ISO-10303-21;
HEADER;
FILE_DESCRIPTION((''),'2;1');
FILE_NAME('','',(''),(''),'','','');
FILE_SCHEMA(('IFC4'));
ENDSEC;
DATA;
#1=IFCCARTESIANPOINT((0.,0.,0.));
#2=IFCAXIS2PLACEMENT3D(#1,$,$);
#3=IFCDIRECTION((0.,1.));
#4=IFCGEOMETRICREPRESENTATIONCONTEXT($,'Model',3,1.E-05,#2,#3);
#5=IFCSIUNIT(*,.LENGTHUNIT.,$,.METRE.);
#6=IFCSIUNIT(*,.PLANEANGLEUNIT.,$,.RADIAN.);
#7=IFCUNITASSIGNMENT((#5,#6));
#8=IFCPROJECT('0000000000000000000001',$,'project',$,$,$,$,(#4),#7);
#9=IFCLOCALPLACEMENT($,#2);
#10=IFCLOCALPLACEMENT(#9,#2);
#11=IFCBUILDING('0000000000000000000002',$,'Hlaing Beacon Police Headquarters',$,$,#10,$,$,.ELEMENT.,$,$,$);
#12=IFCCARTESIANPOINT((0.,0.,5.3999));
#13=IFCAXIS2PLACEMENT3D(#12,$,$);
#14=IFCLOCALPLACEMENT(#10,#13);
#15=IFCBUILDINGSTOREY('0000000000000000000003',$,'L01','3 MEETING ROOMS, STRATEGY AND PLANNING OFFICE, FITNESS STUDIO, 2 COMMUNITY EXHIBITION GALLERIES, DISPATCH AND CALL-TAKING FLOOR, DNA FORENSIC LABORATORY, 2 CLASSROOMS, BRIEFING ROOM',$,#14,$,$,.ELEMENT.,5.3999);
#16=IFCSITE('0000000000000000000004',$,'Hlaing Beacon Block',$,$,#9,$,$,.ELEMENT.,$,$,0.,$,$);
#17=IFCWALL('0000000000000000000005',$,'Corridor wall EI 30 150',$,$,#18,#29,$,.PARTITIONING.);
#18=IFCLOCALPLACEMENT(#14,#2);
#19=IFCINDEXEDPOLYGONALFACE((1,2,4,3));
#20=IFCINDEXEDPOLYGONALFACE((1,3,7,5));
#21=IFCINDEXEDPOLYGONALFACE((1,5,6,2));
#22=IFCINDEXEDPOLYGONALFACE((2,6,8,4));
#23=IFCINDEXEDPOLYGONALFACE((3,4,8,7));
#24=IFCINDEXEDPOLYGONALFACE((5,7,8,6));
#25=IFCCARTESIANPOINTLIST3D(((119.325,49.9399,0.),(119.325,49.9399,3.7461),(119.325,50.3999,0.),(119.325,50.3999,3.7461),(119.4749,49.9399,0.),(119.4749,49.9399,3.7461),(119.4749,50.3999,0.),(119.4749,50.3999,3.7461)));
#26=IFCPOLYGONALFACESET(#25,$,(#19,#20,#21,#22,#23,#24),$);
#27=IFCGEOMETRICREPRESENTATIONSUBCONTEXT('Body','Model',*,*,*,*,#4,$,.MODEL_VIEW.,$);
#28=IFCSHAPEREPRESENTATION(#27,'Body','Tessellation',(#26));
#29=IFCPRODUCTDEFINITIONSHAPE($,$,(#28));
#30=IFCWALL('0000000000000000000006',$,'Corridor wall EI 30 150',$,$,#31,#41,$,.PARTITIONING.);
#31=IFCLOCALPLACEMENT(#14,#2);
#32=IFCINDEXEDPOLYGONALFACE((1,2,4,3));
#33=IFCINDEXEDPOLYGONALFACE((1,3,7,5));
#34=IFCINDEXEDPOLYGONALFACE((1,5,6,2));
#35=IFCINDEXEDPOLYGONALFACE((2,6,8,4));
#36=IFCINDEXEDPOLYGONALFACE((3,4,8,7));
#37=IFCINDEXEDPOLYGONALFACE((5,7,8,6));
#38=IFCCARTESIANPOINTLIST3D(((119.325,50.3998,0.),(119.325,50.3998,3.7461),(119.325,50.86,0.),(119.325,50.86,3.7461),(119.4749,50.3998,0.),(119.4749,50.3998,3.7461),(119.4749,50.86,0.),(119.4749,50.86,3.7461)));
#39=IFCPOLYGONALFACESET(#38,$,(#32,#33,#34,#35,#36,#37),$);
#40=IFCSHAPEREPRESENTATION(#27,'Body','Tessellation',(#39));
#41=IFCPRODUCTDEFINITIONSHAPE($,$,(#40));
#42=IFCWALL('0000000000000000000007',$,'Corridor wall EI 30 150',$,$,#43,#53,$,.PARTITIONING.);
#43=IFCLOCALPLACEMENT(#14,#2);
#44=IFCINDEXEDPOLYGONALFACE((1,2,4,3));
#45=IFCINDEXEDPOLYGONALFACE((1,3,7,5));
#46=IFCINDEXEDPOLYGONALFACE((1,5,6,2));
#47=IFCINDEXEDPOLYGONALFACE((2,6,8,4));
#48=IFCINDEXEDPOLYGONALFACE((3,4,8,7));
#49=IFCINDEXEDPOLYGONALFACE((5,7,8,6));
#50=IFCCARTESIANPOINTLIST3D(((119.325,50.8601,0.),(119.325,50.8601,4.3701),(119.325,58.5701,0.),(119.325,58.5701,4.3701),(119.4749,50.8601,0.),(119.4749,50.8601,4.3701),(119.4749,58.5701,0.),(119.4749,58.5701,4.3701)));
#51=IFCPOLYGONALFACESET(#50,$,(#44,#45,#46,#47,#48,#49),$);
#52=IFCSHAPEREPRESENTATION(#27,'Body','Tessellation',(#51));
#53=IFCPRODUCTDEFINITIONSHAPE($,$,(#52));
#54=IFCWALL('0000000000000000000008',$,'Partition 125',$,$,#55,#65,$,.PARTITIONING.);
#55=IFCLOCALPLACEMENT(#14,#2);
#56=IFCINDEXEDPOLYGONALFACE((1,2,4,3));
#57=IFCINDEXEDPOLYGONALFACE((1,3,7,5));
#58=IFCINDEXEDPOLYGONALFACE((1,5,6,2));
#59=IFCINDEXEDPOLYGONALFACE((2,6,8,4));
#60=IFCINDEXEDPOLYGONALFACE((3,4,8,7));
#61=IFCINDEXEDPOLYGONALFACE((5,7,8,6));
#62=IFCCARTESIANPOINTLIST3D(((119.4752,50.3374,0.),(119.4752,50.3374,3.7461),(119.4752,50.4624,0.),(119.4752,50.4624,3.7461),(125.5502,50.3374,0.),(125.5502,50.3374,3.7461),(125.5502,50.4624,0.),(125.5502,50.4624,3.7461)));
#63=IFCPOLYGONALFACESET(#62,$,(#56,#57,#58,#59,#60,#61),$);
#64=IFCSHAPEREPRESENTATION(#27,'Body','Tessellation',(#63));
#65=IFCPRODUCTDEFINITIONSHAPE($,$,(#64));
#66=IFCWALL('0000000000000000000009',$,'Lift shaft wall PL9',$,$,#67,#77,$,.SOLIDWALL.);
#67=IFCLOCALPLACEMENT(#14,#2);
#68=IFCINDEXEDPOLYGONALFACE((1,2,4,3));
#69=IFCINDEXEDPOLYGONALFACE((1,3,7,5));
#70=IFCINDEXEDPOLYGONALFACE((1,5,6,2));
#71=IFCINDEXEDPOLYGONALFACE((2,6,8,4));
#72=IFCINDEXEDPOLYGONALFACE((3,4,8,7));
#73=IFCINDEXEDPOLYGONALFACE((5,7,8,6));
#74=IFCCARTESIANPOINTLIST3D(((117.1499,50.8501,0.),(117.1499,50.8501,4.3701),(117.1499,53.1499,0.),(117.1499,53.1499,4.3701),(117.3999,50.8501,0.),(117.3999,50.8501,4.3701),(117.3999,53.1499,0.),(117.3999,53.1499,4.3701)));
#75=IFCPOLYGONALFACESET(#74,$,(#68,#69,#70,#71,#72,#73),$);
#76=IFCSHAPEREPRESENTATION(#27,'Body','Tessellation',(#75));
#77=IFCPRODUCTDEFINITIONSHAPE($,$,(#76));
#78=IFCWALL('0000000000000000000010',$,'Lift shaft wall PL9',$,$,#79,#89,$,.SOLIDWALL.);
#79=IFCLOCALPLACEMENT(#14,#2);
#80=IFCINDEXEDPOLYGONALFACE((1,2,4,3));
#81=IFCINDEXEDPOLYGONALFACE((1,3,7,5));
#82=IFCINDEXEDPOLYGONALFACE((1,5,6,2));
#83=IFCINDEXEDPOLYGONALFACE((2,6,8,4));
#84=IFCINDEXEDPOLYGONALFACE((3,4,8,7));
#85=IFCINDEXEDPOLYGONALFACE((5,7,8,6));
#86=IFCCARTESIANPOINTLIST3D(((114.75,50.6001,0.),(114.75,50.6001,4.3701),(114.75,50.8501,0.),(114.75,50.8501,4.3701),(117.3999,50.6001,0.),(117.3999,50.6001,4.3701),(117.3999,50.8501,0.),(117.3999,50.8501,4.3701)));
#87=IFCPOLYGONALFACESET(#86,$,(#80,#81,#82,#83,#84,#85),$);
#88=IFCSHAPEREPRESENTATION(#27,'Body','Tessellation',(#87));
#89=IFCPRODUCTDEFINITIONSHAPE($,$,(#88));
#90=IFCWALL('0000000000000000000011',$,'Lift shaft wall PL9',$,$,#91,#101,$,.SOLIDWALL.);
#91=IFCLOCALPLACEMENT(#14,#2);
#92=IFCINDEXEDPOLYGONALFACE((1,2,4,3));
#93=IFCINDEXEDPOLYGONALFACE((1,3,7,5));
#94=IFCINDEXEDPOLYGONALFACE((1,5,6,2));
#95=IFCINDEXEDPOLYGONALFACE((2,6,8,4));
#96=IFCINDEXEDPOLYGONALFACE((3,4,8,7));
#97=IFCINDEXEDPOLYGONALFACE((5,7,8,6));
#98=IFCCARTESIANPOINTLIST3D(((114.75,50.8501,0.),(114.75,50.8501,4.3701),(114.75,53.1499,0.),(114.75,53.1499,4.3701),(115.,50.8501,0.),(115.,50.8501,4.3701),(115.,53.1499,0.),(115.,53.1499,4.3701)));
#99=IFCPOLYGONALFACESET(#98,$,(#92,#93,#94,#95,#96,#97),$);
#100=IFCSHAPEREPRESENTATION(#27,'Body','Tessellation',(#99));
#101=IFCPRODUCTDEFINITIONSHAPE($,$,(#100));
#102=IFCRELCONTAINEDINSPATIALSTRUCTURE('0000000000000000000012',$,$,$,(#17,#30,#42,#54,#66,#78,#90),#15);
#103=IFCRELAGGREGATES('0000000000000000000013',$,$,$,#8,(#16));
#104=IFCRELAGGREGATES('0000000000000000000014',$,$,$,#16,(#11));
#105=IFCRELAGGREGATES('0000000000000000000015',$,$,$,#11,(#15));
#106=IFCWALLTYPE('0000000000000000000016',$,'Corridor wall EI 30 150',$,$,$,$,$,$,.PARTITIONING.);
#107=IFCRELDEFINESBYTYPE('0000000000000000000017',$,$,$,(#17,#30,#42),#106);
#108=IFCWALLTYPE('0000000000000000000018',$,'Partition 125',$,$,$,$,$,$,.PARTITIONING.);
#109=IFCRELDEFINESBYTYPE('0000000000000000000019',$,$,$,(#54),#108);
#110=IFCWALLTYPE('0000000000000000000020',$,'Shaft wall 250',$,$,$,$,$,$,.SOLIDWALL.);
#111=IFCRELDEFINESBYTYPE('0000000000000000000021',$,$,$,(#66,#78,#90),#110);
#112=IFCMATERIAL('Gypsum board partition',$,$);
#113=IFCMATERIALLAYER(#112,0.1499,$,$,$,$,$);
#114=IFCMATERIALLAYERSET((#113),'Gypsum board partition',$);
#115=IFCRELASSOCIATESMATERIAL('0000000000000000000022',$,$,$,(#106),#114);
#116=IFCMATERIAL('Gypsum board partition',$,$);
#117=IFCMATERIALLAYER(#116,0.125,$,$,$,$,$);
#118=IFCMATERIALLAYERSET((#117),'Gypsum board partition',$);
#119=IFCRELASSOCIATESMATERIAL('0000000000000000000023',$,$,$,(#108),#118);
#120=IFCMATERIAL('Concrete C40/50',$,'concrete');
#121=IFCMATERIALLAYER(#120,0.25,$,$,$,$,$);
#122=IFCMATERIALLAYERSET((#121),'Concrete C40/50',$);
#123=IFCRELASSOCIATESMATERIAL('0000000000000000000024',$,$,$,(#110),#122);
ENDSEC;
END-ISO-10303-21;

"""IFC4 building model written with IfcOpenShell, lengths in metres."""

from ifc_helpers import new_model, si_unit, direction, frame, frame_2d, origin, place, context, subcontext, project, spatial, rectangle, extrude, material, layer, layer_set, type_object, element, save


model = new_model("IFC4")

# Units and contexts
model_context = context("Model", 3, precision=1e-05, world=origin(), true_north=direction((0.0, 1.0)))
body_context = subcontext(model_context, "Body", "Model", "MODEL_VIEW")
ifc_project = project(units=[si_unit("LENGTHUNIT", "METRE"), si_unit("PLANEANGLEUNIT", "RADIAN")], contexts=[model_context])

# Site, building, storey
site_placement = place(None, origin())
site = spatial("IfcSite", under=ifc_project, at=site_placement, Name="Hlaing Beacon Block", CompositionType="ELEMENT", RefElevation=0.0)
building_placement = place(site_placement, origin())
building = spatial("IfcBuilding", under=site, at=building_placement, Name="Hlaing Beacon Police Headquarters", CompositionType="ELEMENT")
storey_placement = place(building_placement, frame((0.0, 0.0, 5.3999)))
storey = spatial("IfcBuildingStorey", under=building, at=storey_placement, Name="L01", Description="3 MEETING ROOMS, STRATEGY AND PLANNING OFFICE, FITNESS STUDIO, 2 COMMUNITY EXHIBITION GALLERIES, DISPATCH AND CALL-TAKING FLOOR, DNA FORENSIC LABORATORY, 2 CLASSROOMS, BRIEFING ROOM", CompositionType="ELEMENT", Elevation=5.3999)

# Walls
ifc_material_1 = material(Name="Gypsum board partition")
ifc_layer_1 = layer(ifc_material_1, 0.1499)
ifc_layer_set_1 = layer_set([ifc_layer_1], Name="Gypsum board partition")
wall_type_1 = type_object("IfcWallType", Name="Corridor wall EI 30 150", PredefinedType="PARTITIONING", material=ifc_layer_set_1)
wall_1_placement = place(storey_placement, frame((119.3999, 49.9399, 0.0), z_axis=(0.0, 0.0, 1.0), x_axis=(0.0, 1.0, 0.0)))
element("IfcWall", 1, at=wall_1_placement, inside=storey, type_object=wall_type_1, Name="Corridor wall EI 30 150", PredefinedType="PARTITIONING", context=body_context, shape_type="SweptSolid", body=[
    extrude(rectangle(XDim=0.46, YDim=0.1499, at=frame_2d((0.23, 0.0))), origin(), (0.0, 0.0, 1.0), 3.7461),
])
wall_2_placement = place(storey_placement, frame((119.3999, 50.3999, 0.0), z_axis=(0.0, 0.0, 1.0), x_axis=(0.0, 1.0, 0.0)))
element("IfcWall", 2, at=wall_2_placement, inside=storey, type_object=wall_type_1, Name="Corridor wall EI 30 150", PredefinedType="PARTITIONING", context=body_context, shape_type="SweptSolid", body=[
    extrude(rectangle(XDim=0.4602, YDim=0.1499, at=frame_2d((0.23, 0.0))), origin(), (0.0, 0.0, 1.0), 3.7461),
])
wall_3_placement = place(storey_placement, frame((119.3999, 50.8601, 0.0), z_axis=(0.0, 0.0, 1.0), x_axis=(0.0, 1.0, 0.0)))
element("IfcWall", 3, at=wall_3_placement, inside=storey, type_object=wall_type_1, Name="Corridor wall EI 30 150", PredefinedType="PARTITIONING", context=body_context, shape_type="SweptSolid", body=[
    extrude(rectangle(XDim=7.71, YDim=0.1499, at=frame_2d((3.855, 0.0))), origin(), (0.0, 0.0, 1.0), 4.3701),
])
ifc_material_2 = material(Name="Gypsum board partition")
ifc_layer_2 = layer(ifc_material_2, 0.125)
ifc_layer_set_2 = layer_set([ifc_layer_2], Name="Gypsum board partition")
wall_type_2 = type_object("IfcWallType", Name="Partition 125", PredefinedType="PARTITIONING", material=ifc_layer_set_2)
wall_4_placement = place(storey_placement, frame((119.4751, 50.3999, 0.0), z_axis=(0.0, 0.0, 1.0), x_axis=(1.0, 0.0, 0.0)))
element("IfcWall", 4, at=wall_4_placement, inside=storey, type_object=wall_type_2, Name="Partition 125", PredefinedType="PARTITIONING", context=body_context, shape_type="SweptSolid", body=[
    extrude(rectangle(XDim=6.075, YDim=0.125, at=frame_2d((3.0376, 0.0))), origin(), (0.0, 0.0, 1.0), 3.7461),
])
ifc_material_3 = material(Name="Concrete C40/50", Category="concrete")
ifc_layer_3 = layer(ifc_material_3, 0.25)
ifc_layer_set_3 = layer_set([ifc_layer_3], Name="Concrete C40/50")
wall_type_3 = type_object("IfcWallType", Name="Shaft wall 250", PredefinedType="SOLIDWALL", material=ifc_layer_set_3)
wall_5_placement = place(storey_placement, frame((117.2749, 50.8501, 0.0), z_axis=(0.0, 0.0, 1.0), x_axis=(0.0, 1.0, 0.0)))
element("IfcWall", 5, at=wall_5_placement, inside=storey, type_object=wall_type_3, Name="Lift shaft wall PL9", PredefinedType="SOLIDWALL", context=body_context, shape_type="SweptSolid", body=[
    extrude(rectangle(XDim=2.2998, YDim=0.25, at=frame_2d((1.1499, 0.0))), origin(), (0.0, 0.0, 1.0), 4.3701),
])
wall_6_placement = place(storey_placement, frame((114.75, 50.7251, 0.0), z_axis=(0.0, 0.0, 1.0), x_axis=(1.0, 0.0, 0.0)))
element("IfcWall", 6, at=wall_6_placement, inside=storey, type_object=wall_type_3, Name="Lift shaft wall PL9", PredefinedType="SOLIDWALL", context=body_context, shape_type="SweptSolid", body=[
    extrude(rectangle(XDim=2.6499, YDim=0.25, at=frame_2d((1.325, 0.0))), origin(), (0.0, 0.0, 1.0), 4.3701),
])
wall_7_placement = place(storey_placement, frame((114.875, 50.8501, 0.0), z_axis=(0.0, 0.0, 1.0), x_axis=(0.0, 1.0, 0.0)))
element("IfcWall", 7, at=wall_7_placement, inside=storey, type_object=wall_type_3, Name="Lift shaft wall PL9", PredefinedType="SOLIDWALL", context=body_context, shape_type="SweptSolid", body=[
    extrude(rectangle(XDim=2.2998, YDim=0.25, at=frame_2d((1.1499, 0.0))), origin(), (0.0, 0.0, 1.0), 4.3701),
])

save(model, "model.ifc")
